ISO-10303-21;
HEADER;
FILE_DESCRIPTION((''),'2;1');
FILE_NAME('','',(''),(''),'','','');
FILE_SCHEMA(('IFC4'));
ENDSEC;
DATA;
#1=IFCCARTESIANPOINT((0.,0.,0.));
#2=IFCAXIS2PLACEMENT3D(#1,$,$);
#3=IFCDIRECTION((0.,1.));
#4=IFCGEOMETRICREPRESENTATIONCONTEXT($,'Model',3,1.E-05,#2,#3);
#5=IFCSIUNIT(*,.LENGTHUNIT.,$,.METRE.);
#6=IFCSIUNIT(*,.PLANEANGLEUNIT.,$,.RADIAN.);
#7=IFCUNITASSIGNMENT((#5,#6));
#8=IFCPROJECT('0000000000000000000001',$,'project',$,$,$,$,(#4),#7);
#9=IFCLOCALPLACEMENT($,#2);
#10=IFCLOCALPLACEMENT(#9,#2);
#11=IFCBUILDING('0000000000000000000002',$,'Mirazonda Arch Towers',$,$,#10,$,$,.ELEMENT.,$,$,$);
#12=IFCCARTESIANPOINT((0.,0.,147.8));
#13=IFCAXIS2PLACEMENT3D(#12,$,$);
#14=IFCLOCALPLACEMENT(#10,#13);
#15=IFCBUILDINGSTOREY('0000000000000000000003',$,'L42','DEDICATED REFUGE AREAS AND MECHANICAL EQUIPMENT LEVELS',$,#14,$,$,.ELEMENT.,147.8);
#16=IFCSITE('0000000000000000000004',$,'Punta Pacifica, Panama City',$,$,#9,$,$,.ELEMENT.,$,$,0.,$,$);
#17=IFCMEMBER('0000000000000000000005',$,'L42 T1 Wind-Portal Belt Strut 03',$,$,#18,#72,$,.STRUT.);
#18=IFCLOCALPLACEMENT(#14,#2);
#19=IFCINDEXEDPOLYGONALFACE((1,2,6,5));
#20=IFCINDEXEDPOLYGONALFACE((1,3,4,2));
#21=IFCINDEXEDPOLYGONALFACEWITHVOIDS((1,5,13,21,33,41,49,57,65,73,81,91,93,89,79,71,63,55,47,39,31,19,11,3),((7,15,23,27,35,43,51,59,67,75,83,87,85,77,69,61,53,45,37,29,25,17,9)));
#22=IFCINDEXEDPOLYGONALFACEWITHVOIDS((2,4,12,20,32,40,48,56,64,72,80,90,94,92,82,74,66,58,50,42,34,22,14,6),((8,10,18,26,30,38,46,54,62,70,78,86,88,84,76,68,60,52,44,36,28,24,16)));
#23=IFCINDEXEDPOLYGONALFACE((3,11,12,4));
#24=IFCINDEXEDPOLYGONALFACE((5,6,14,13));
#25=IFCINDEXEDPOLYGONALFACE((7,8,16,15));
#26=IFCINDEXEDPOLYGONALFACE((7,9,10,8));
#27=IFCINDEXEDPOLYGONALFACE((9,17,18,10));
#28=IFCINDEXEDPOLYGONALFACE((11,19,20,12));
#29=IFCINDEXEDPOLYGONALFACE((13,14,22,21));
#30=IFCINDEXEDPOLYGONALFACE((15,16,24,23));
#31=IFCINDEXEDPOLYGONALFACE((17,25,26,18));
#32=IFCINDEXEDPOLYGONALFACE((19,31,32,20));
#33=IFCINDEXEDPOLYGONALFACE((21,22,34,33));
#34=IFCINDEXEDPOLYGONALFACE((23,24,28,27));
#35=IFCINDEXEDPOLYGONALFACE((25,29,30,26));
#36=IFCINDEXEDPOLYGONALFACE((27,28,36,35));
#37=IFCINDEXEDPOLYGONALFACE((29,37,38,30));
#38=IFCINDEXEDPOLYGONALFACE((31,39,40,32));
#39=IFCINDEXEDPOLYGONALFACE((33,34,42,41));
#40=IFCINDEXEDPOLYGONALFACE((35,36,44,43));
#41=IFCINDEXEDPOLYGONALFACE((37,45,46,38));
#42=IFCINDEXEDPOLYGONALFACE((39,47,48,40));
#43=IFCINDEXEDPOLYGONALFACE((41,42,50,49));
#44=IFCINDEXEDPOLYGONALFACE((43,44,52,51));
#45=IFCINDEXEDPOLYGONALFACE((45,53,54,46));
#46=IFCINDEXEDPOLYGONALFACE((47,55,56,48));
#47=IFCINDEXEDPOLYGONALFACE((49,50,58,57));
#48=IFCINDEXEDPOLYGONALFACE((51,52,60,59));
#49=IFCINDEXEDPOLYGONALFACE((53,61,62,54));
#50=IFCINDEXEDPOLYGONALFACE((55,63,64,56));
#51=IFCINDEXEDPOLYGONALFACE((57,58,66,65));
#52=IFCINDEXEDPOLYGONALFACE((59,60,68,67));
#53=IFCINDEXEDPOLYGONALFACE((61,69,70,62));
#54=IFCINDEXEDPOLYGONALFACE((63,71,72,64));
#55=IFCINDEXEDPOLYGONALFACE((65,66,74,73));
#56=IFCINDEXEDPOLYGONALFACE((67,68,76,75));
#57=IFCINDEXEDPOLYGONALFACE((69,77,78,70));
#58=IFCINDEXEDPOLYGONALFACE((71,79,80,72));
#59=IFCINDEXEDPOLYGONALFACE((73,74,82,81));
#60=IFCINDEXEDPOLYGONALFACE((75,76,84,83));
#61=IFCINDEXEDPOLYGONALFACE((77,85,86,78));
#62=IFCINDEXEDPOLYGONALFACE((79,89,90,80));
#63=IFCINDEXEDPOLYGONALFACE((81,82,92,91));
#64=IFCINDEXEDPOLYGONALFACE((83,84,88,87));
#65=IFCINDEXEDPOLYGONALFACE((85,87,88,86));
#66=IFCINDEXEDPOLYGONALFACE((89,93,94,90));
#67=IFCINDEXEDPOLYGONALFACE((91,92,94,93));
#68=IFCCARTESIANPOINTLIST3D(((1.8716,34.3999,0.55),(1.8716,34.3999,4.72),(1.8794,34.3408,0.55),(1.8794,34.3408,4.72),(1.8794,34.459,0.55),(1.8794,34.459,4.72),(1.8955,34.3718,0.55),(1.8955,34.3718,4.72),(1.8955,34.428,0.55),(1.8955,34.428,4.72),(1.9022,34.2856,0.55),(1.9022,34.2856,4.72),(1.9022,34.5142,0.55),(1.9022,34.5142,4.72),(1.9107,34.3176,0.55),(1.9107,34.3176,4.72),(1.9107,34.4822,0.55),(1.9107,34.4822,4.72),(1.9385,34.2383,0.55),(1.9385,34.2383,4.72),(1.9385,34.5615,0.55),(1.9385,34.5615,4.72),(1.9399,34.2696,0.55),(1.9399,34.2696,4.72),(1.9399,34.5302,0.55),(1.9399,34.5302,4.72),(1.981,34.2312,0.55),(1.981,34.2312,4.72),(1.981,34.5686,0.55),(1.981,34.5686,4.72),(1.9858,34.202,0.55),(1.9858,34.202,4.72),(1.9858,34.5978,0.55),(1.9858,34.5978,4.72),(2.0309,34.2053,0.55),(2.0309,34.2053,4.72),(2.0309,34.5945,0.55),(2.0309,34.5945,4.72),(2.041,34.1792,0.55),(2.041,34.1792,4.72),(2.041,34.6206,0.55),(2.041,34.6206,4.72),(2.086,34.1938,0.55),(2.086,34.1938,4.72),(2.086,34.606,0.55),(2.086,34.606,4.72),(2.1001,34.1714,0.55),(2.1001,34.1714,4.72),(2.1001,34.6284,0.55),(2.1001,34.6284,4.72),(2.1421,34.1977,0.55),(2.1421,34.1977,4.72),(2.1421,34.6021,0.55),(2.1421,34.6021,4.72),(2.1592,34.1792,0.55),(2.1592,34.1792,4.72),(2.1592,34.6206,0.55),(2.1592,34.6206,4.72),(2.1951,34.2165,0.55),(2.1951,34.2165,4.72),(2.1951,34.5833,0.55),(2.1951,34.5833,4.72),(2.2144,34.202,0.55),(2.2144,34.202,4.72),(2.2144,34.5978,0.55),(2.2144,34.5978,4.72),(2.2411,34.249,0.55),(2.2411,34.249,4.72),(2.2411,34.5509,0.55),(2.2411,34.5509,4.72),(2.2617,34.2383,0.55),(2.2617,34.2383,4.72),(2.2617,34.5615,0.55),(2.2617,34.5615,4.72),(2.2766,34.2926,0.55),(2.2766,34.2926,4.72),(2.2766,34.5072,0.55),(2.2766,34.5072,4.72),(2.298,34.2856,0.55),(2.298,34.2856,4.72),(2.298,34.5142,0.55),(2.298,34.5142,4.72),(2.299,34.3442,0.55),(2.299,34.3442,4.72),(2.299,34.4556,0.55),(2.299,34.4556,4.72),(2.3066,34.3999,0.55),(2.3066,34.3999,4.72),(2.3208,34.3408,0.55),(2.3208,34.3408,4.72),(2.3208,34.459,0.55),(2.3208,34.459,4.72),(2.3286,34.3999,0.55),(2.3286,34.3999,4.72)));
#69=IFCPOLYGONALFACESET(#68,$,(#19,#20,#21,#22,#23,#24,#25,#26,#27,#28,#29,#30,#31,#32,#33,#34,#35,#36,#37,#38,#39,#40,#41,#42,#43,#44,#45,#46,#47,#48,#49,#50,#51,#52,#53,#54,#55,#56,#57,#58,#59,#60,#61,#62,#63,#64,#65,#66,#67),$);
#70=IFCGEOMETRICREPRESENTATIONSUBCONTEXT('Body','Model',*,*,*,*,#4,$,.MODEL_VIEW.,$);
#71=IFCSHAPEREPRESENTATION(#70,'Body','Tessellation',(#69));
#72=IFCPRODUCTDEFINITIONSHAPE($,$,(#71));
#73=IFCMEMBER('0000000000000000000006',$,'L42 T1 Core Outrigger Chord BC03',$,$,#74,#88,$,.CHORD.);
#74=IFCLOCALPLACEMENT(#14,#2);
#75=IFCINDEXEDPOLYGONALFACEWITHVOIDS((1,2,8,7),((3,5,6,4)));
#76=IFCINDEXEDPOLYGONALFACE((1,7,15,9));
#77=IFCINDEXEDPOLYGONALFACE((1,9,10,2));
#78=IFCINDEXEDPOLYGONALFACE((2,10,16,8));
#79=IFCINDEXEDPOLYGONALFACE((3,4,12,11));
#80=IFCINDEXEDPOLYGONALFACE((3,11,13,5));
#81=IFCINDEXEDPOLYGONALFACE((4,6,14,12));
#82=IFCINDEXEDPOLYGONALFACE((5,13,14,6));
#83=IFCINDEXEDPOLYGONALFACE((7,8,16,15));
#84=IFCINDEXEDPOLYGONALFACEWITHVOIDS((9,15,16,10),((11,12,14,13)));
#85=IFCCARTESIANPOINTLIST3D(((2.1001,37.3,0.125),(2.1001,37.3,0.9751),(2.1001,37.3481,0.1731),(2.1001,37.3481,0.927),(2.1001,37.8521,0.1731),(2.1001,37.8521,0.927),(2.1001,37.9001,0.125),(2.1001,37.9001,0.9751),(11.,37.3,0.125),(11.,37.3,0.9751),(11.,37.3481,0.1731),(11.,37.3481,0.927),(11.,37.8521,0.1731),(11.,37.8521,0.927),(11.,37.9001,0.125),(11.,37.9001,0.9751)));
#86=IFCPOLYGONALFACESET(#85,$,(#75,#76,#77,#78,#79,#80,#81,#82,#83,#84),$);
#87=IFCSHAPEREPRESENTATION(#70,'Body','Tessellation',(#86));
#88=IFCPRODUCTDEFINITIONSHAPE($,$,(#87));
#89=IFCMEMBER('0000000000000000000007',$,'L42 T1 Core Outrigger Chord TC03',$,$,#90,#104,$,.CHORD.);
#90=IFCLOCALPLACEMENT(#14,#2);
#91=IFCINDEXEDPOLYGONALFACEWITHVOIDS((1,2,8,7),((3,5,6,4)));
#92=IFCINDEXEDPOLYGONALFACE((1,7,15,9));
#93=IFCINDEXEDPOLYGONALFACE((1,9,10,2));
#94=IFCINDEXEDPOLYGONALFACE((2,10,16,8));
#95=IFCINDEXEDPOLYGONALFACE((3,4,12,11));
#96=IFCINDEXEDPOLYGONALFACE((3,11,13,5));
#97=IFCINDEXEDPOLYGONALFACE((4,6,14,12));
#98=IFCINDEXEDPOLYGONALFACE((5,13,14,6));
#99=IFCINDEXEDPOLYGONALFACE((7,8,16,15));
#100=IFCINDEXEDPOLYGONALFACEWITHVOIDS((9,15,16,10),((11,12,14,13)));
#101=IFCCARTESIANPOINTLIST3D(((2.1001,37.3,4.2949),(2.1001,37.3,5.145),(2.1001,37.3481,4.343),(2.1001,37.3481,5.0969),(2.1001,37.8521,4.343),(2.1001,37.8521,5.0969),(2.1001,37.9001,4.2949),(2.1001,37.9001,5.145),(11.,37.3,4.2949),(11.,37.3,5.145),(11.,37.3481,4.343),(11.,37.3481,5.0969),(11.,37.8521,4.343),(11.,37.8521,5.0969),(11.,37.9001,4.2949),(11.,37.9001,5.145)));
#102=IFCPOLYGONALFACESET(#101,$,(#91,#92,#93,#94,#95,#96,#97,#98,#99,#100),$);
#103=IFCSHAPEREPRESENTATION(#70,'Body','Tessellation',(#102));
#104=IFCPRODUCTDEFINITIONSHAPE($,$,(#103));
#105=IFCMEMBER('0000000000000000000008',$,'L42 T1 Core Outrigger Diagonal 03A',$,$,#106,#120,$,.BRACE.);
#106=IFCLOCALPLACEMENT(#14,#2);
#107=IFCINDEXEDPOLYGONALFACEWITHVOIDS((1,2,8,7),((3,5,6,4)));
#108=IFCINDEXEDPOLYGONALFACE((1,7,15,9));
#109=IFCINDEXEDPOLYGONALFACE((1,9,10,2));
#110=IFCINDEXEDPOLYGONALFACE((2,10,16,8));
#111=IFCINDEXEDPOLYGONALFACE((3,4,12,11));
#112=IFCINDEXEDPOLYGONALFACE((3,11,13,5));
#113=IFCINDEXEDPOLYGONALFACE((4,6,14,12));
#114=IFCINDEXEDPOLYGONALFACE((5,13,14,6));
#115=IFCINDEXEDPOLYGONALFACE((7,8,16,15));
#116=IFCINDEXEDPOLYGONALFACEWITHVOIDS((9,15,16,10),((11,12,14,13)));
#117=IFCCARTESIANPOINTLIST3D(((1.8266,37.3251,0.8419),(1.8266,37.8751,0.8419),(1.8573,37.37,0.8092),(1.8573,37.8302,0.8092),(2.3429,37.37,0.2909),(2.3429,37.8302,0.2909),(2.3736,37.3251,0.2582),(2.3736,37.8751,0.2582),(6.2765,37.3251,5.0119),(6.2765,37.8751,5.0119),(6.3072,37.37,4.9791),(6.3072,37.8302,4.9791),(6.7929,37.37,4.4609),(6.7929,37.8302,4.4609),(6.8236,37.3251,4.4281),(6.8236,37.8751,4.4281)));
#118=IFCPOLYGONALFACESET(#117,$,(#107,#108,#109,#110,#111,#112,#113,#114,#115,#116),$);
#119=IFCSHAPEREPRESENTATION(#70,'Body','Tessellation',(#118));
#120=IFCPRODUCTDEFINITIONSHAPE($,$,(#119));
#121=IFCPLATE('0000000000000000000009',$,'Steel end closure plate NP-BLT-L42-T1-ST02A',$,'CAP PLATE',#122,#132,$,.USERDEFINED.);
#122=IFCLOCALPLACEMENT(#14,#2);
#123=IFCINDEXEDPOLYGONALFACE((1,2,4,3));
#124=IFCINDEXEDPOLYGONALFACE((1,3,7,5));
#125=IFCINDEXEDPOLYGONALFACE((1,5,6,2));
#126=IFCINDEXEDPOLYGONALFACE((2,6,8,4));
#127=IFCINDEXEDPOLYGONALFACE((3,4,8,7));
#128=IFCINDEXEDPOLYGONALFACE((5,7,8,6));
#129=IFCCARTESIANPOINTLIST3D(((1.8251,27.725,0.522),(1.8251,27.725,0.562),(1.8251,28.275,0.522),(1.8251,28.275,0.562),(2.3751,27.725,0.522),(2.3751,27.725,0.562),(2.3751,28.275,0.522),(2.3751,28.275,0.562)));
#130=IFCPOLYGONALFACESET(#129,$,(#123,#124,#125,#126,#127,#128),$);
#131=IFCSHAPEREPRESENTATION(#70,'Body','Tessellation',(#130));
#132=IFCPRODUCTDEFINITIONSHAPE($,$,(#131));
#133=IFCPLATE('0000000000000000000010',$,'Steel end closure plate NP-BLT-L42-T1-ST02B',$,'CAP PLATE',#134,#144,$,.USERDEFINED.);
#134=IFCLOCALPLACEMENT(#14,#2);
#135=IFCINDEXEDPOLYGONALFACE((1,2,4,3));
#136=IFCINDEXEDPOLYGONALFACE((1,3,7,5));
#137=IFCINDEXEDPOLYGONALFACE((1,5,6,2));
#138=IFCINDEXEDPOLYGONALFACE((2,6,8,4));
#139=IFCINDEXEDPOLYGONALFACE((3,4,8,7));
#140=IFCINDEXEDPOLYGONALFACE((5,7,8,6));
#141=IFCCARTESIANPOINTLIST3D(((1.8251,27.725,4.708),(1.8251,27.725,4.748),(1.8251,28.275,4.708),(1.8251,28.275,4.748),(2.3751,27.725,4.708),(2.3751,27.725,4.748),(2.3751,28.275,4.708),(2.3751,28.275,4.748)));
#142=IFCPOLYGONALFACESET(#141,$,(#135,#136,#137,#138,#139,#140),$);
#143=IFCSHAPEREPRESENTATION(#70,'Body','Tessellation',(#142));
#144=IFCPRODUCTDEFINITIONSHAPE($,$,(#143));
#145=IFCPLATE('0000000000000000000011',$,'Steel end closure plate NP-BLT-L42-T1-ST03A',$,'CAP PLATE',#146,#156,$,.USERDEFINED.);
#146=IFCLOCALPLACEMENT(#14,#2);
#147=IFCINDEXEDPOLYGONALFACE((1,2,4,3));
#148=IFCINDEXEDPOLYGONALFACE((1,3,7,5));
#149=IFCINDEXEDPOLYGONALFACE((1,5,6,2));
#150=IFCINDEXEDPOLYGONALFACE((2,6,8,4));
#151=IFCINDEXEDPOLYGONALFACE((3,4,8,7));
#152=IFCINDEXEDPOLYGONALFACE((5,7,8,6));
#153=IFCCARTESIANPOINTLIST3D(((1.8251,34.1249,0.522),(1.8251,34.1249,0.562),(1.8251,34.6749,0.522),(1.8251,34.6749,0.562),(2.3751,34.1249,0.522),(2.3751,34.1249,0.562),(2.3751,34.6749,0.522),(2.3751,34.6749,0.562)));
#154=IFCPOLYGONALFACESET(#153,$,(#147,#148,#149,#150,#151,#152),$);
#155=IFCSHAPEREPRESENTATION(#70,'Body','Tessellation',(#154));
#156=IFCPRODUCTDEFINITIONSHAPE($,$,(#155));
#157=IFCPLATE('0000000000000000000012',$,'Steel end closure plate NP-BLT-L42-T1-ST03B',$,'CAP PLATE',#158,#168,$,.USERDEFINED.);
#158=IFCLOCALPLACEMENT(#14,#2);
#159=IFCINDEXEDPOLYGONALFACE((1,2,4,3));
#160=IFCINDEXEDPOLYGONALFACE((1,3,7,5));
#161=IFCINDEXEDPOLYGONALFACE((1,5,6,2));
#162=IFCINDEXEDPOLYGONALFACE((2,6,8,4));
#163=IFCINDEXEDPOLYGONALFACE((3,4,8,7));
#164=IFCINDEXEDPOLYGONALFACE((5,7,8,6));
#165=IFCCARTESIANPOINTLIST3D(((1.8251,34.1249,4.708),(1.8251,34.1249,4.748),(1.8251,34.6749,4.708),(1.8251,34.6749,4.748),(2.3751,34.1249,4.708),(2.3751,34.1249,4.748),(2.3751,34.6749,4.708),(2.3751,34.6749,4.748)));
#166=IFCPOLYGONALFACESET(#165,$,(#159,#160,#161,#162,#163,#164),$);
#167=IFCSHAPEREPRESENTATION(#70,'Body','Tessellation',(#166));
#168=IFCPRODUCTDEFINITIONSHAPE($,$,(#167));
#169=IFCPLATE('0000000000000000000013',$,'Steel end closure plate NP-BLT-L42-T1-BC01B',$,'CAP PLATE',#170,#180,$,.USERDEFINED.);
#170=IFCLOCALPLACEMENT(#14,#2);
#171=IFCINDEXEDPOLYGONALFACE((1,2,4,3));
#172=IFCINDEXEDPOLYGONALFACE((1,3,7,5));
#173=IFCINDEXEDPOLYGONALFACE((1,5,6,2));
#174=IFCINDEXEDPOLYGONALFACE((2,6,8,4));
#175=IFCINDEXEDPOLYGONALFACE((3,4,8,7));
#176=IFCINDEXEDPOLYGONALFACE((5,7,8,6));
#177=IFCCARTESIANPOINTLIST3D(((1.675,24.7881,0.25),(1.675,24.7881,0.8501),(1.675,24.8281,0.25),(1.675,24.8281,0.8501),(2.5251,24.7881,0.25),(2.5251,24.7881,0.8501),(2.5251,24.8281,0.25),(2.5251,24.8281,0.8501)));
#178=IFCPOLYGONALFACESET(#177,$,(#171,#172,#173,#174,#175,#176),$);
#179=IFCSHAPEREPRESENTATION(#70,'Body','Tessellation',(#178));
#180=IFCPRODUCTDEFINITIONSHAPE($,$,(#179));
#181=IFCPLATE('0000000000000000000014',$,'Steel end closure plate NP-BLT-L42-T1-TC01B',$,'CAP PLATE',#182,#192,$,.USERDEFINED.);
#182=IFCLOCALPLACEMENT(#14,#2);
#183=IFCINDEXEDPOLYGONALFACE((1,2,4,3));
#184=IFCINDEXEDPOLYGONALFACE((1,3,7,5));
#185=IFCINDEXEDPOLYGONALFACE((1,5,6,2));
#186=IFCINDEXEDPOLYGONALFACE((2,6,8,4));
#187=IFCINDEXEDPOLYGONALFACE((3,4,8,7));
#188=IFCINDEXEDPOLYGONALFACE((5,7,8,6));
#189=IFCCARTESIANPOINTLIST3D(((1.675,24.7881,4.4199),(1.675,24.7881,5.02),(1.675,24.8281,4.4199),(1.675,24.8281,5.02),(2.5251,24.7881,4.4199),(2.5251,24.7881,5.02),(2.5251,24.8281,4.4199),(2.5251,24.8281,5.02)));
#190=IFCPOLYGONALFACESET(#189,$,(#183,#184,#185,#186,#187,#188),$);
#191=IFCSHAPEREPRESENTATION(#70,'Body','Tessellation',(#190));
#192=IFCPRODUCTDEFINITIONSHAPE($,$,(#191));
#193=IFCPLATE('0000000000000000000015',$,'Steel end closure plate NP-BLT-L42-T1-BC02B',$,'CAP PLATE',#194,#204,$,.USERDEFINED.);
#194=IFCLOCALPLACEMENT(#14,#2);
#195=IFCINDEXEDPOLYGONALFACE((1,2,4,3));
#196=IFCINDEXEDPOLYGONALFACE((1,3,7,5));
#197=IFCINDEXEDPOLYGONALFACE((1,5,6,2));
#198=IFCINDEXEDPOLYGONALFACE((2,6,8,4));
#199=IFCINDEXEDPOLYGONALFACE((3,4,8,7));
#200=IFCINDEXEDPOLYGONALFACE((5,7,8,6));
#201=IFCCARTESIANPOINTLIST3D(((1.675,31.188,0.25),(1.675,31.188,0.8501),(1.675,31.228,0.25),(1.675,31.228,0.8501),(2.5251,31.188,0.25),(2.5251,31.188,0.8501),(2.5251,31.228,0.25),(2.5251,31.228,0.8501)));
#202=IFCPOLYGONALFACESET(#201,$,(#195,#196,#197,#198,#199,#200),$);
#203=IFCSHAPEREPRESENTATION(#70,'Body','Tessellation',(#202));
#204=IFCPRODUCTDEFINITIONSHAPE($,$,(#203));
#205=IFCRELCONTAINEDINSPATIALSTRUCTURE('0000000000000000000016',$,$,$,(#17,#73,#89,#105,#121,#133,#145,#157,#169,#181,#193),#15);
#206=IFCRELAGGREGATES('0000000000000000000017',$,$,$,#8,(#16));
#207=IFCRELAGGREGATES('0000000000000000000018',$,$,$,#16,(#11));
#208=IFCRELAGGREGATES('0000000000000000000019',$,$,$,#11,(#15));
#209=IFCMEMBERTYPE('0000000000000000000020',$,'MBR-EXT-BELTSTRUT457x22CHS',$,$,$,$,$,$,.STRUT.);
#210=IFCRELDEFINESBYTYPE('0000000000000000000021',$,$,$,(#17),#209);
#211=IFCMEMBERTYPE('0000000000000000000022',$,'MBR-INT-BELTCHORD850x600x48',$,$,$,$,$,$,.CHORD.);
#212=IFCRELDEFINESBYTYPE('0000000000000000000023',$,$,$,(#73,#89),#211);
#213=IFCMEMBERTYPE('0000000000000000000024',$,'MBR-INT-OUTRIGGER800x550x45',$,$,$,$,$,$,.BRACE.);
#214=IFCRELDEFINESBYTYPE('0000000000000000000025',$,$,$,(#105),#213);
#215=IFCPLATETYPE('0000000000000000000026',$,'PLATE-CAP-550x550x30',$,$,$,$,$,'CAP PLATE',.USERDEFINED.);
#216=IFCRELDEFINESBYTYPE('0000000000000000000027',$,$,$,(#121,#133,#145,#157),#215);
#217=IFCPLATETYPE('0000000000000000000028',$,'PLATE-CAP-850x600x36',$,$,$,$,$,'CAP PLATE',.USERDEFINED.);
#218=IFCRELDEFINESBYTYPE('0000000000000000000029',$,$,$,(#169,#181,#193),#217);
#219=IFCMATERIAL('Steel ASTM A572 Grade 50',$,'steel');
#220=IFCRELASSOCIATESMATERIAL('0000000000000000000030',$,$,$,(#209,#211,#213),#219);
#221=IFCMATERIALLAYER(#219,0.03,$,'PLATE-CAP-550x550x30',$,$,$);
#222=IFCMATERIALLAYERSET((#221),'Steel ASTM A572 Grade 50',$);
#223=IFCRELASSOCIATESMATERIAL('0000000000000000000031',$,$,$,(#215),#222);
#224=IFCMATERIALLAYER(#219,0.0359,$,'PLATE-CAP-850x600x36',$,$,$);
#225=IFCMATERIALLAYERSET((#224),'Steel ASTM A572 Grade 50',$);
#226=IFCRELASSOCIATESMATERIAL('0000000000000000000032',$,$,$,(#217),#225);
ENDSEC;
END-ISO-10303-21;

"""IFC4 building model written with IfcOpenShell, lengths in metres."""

from ifc_helpers import new_model, si_unit, direction, frame, origin, origin_2d, place, context, subcontext, project, spatial, rectangle, hollow_rectangle, hollow_circle, extrude, material, layer, layer_set, material_profile, profile_set, type_object, element, save


model = new_model("IFC4")

# Units and contexts
model_context = context("Model", 3, precision=1e-05, world=origin(), true_north=direction((0.0, 1.0)))
body_context = subcontext(model_context, "Body", "Model", "MODEL_VIEW")
ifc_project = project(units=[si_unit("LENGTHUNIT", "METRE"), si_unit("PLANEANGLEUNIT", "RADIAN")], contexts=[model_context])

# Site, building, storey
site_placement = place(None, origin())
site = spatial("IfcSite", under=ifc_project, at=site_placement, Name="Punta Pacifica, Panama City", CompositionType="ELEMENT", RefElevation=0.0)
building_placement = place(site_placement, origin())
building = spatial("IfcBuilding", under=site, at=building_placement, Name="Mirazonda Arch Towers", CompositionType="ELEMENT")
storey_placement = place(building_placement, frame((0.0, 0.0, 147.8)))
storey = spatial("IfcBuildingStorey", under=building, at=storey_placement, Name="L42", Description="DEDICATED REFUGE AREAS AND MECHANICAL EQUIPMENT LEVELS", CompositionType="ELEMENT", Elevation=147.8)

# Shared definitions
ifc_material_1 = material(Name="Steel ASTM A572 Grade 50", Category="steel")

# Members
ifc_material_profile_1 = material_profile(ifc_material_1, hollow_circle(Radius=0.2285, WallThickness=0.022, at=origin_2d()), Name="BELTSTRUT457x22CHS")
ifc_profile_set_1 = profile_set([ifc_material_profile_1], Name="Steel ASTM A572 Grade 50")
member_type_1 = type_object("IfcMemberType", Name="MBR-EXT-BELTSTRUT457x22CHS", PredefinedType="STRUT", material=ifc_profile_set_1)
for number, where, z_axis, x_axis, name in (
    (1, (2.1001, 34.3999, 0.55), (0.0, 0.0, 1.0), (1.0, 0.0, 0.0), "L42 T1 Wind-Portal Belt Strut 03"),
):
    element("IfcMember", number, at=place(storey_placement, frame(where, z_axis=z_axis, x_axis=x_axis)), inside=storey, type_object=member_type_1, Name=name, PredefinedType="STRUT", context=body_context, shape_type="SweptSolid", body=[
        extrude(hollow_circle(Radius=0.2285, WallThickness=0.022, at=origin_2d()), origin(), (0.0, 0.0, 1.0), 4.1699),
    ])
ifc_material_profile_2 = material_profile(ifc_material_1, hollow_rectangle(XDim=0.6001, YDim=0.8501, WallThickness=0.0481, at=origin_2d()), Name="BELTCHORD850x600x48")
ifc_profile_set_2 = profile_set([ifc_material_profile_2], Name="Steel ASTM A572 Grade 50")
member_type_2 = type_object("IfcMemberType", Name="MBR-INT-BELTCHORD850x600x48", PredefinedType="CHORD", material=ifc_profile_set_2)
for number, where, z_axis, x_axis, name in (
    (2, (2.1001, 37.6001, 0.55), (1.0, 0.0, 0.0), (0.0, 1.0, 0.0), "L42 T1 Core Outrigger Chord BC03"),
    (3, (2.1001, 37.6001, 4.72), (1.0, 0.0, 0.0), (0.0, 1.0, 0.0), "L42 T1 Core Outrigger Chord TC03"),
):
    element("IfcMember", number, at=place(storey_placement, frame(where, z_axis=z_axis, x_axis=x_axis)), inside=storey, type_object=member_type_2, Name=name, PredefinedType="CHORD", context=body_context, shape_type="SweptSolid", body=[
        extrude(hollow_rectangle(XDim=0.6001, YDim=0.8501, WallThickness=0.0481, at=origin_2d()), origin(), (0.0, 0.0, 1.0), 8.8999),
    ])
ifc_material_profile_3 = material_profile(ifc_material_1, hollow_rectangle(XDim=0.55, YDim=0.8, WallThickness=0.0449, at=origin_2d()), Name="OUTRIGGER800x550x45")
ifc_profile_set_3 = profile_set([ifc_material_profile_3], Name="Steel ASTM A572 Grade 50")
member_type_3 = type_object("IfcMemberType", Name="MBR-INT-OUTRIGGER800x550x45", PredefinedType="BRACE", material=ifc_profile_set_3)
member_1_placement = place(storey_placement, frame((2.1001, 37.6001, 0.55), z_axis=(0.729693, 0.0, 0.683775), x_axis=(0.0, 1.0, 0.0)))
element("IfcMember", 4, at=member_1_placement, inside=storey, type_object=member_type_3, Name="L42 T1 Core Outrigger Diagonal 03A", PredefinedType="BRACE", context=body_context, shape_type="SweptSolid", body=[
    extrude(hollow_rectangle(XDim=0.55, YDim=0.8, WallThickness=0.0449, at=origin_2d()), origin(), (0.0, 0.0, 1.0), 6.0984),
])

# Plates
ifc_layer_1 = layer(ifc_material_1, 0.03, Name="PLATE-CAP-550x550x30")
ifc_layer_set_1 = layer_set([ifc_layer_1], Name="Steel ASTM A572 Grade 50")
plate_type_1 = type_object("IfcPlateType", Name="PLATE-CAP-550x550x30", ElementType="CAP PLATE", PredefinedType="USERDEFINED", material=ifc_layer_set_1)
for number, where, z_axis, x_axis, name in (
    (5, (2.1001, 28.0, 0.522), (0.0, 0.0, 1.0), (1.0, 0.0, 0.0), "Steel end closure plate NP-BLT-L42-T1-ST02A"),
    (6, (2.1001, 28.0, 4.708), (0.0, 0.0, 1.0), (1.0, 0.0, 0.0), "Steel end closure plate NP-BLT-L42-T1-ST02B"),
    (7, (2.1001, 34.3999, 0.522), (0.0, 0.0, 1.0), (1.0, 0.0, 0.0), "Steel end closure plate NP-BLT-L42-T1-ST03A"),
    (8, (2.1001, 34.3999, 4.708), (0.0, 0.0, 1.0), (1.0, 0.0, 0.0), "Steel end closure plate NP-BLT-L42-T1-ST03B"),
):
    element("IfcPlate", number, at=place(storey_placement, frame(where, z_axis=z_axis, x_axis=x_axis)), inside=storey, type_object=plate_type_1, Name=name, ObjectType="CAP PLATE", PredefinedType="USERDEFINED", context=body_context, shape_type="SweptSolid", body=[
        extrude(rectangle(XDim=0.55, YDim=0.55, at=origin_2d()), origin(), (0.0, 0.0, 1.0), 0.04),
    ])
ifc_layer_2 = layer(ifc_material_1, 0.0359, Name="PLATE-CAP-850x600x36")
ifc_layer_set_2 = layer_set([ifc_layer_2], Name="Steel ASTM A572 Grade 50")
plate_type_2 = type_object("IfcPlateType", Name="PLATE-CAP-850x600x36", ElementType="CAP PLATE", PredefinedType="USERDEFINED", material=ifc_layer_set_2)
for number, where, z_axis, x_axis, name in (
    (9, (2.1001, 24.8081, 0.25), (0.0, 0.0, 1.0), (0.0, 1.0, 0.0), "Steel end closure plate NP-BLT-L42-T1-BC01B"),
    (10, (2.1001, 24.8081, 4.4199), (0.0, 0.0, 1.0), (0.0, 1.0, 0.0), "Steel end closure plate NP-BLT-L42-T1-TC01B"),
    (11, (2.1001, 31.208, 0.25), (0.0, 0.0, 1.0), (0.0, 1.0, 0.0), "Steel end closure plate NP-BLT-L42-T1-BC02B"),
):
    element("IfcPlate", number, at=place(storey_placement, frame(where, z_axis=z_axis, x_axis=x_axis)), inside=storey, type_object=plate_type_2, Name=name, ObjectType="CAP PLATE", PredefinedType="USERDEFINED", context=body_context, shape_type="SweptSolid", body=[
        extrude(rectangle(XDim=0.04, YDim=0.8501, at=origin_2d()), origin(), (0.0, 0.0, 1.0), 0.6001),
    ])

save(model, "model.ifc")
